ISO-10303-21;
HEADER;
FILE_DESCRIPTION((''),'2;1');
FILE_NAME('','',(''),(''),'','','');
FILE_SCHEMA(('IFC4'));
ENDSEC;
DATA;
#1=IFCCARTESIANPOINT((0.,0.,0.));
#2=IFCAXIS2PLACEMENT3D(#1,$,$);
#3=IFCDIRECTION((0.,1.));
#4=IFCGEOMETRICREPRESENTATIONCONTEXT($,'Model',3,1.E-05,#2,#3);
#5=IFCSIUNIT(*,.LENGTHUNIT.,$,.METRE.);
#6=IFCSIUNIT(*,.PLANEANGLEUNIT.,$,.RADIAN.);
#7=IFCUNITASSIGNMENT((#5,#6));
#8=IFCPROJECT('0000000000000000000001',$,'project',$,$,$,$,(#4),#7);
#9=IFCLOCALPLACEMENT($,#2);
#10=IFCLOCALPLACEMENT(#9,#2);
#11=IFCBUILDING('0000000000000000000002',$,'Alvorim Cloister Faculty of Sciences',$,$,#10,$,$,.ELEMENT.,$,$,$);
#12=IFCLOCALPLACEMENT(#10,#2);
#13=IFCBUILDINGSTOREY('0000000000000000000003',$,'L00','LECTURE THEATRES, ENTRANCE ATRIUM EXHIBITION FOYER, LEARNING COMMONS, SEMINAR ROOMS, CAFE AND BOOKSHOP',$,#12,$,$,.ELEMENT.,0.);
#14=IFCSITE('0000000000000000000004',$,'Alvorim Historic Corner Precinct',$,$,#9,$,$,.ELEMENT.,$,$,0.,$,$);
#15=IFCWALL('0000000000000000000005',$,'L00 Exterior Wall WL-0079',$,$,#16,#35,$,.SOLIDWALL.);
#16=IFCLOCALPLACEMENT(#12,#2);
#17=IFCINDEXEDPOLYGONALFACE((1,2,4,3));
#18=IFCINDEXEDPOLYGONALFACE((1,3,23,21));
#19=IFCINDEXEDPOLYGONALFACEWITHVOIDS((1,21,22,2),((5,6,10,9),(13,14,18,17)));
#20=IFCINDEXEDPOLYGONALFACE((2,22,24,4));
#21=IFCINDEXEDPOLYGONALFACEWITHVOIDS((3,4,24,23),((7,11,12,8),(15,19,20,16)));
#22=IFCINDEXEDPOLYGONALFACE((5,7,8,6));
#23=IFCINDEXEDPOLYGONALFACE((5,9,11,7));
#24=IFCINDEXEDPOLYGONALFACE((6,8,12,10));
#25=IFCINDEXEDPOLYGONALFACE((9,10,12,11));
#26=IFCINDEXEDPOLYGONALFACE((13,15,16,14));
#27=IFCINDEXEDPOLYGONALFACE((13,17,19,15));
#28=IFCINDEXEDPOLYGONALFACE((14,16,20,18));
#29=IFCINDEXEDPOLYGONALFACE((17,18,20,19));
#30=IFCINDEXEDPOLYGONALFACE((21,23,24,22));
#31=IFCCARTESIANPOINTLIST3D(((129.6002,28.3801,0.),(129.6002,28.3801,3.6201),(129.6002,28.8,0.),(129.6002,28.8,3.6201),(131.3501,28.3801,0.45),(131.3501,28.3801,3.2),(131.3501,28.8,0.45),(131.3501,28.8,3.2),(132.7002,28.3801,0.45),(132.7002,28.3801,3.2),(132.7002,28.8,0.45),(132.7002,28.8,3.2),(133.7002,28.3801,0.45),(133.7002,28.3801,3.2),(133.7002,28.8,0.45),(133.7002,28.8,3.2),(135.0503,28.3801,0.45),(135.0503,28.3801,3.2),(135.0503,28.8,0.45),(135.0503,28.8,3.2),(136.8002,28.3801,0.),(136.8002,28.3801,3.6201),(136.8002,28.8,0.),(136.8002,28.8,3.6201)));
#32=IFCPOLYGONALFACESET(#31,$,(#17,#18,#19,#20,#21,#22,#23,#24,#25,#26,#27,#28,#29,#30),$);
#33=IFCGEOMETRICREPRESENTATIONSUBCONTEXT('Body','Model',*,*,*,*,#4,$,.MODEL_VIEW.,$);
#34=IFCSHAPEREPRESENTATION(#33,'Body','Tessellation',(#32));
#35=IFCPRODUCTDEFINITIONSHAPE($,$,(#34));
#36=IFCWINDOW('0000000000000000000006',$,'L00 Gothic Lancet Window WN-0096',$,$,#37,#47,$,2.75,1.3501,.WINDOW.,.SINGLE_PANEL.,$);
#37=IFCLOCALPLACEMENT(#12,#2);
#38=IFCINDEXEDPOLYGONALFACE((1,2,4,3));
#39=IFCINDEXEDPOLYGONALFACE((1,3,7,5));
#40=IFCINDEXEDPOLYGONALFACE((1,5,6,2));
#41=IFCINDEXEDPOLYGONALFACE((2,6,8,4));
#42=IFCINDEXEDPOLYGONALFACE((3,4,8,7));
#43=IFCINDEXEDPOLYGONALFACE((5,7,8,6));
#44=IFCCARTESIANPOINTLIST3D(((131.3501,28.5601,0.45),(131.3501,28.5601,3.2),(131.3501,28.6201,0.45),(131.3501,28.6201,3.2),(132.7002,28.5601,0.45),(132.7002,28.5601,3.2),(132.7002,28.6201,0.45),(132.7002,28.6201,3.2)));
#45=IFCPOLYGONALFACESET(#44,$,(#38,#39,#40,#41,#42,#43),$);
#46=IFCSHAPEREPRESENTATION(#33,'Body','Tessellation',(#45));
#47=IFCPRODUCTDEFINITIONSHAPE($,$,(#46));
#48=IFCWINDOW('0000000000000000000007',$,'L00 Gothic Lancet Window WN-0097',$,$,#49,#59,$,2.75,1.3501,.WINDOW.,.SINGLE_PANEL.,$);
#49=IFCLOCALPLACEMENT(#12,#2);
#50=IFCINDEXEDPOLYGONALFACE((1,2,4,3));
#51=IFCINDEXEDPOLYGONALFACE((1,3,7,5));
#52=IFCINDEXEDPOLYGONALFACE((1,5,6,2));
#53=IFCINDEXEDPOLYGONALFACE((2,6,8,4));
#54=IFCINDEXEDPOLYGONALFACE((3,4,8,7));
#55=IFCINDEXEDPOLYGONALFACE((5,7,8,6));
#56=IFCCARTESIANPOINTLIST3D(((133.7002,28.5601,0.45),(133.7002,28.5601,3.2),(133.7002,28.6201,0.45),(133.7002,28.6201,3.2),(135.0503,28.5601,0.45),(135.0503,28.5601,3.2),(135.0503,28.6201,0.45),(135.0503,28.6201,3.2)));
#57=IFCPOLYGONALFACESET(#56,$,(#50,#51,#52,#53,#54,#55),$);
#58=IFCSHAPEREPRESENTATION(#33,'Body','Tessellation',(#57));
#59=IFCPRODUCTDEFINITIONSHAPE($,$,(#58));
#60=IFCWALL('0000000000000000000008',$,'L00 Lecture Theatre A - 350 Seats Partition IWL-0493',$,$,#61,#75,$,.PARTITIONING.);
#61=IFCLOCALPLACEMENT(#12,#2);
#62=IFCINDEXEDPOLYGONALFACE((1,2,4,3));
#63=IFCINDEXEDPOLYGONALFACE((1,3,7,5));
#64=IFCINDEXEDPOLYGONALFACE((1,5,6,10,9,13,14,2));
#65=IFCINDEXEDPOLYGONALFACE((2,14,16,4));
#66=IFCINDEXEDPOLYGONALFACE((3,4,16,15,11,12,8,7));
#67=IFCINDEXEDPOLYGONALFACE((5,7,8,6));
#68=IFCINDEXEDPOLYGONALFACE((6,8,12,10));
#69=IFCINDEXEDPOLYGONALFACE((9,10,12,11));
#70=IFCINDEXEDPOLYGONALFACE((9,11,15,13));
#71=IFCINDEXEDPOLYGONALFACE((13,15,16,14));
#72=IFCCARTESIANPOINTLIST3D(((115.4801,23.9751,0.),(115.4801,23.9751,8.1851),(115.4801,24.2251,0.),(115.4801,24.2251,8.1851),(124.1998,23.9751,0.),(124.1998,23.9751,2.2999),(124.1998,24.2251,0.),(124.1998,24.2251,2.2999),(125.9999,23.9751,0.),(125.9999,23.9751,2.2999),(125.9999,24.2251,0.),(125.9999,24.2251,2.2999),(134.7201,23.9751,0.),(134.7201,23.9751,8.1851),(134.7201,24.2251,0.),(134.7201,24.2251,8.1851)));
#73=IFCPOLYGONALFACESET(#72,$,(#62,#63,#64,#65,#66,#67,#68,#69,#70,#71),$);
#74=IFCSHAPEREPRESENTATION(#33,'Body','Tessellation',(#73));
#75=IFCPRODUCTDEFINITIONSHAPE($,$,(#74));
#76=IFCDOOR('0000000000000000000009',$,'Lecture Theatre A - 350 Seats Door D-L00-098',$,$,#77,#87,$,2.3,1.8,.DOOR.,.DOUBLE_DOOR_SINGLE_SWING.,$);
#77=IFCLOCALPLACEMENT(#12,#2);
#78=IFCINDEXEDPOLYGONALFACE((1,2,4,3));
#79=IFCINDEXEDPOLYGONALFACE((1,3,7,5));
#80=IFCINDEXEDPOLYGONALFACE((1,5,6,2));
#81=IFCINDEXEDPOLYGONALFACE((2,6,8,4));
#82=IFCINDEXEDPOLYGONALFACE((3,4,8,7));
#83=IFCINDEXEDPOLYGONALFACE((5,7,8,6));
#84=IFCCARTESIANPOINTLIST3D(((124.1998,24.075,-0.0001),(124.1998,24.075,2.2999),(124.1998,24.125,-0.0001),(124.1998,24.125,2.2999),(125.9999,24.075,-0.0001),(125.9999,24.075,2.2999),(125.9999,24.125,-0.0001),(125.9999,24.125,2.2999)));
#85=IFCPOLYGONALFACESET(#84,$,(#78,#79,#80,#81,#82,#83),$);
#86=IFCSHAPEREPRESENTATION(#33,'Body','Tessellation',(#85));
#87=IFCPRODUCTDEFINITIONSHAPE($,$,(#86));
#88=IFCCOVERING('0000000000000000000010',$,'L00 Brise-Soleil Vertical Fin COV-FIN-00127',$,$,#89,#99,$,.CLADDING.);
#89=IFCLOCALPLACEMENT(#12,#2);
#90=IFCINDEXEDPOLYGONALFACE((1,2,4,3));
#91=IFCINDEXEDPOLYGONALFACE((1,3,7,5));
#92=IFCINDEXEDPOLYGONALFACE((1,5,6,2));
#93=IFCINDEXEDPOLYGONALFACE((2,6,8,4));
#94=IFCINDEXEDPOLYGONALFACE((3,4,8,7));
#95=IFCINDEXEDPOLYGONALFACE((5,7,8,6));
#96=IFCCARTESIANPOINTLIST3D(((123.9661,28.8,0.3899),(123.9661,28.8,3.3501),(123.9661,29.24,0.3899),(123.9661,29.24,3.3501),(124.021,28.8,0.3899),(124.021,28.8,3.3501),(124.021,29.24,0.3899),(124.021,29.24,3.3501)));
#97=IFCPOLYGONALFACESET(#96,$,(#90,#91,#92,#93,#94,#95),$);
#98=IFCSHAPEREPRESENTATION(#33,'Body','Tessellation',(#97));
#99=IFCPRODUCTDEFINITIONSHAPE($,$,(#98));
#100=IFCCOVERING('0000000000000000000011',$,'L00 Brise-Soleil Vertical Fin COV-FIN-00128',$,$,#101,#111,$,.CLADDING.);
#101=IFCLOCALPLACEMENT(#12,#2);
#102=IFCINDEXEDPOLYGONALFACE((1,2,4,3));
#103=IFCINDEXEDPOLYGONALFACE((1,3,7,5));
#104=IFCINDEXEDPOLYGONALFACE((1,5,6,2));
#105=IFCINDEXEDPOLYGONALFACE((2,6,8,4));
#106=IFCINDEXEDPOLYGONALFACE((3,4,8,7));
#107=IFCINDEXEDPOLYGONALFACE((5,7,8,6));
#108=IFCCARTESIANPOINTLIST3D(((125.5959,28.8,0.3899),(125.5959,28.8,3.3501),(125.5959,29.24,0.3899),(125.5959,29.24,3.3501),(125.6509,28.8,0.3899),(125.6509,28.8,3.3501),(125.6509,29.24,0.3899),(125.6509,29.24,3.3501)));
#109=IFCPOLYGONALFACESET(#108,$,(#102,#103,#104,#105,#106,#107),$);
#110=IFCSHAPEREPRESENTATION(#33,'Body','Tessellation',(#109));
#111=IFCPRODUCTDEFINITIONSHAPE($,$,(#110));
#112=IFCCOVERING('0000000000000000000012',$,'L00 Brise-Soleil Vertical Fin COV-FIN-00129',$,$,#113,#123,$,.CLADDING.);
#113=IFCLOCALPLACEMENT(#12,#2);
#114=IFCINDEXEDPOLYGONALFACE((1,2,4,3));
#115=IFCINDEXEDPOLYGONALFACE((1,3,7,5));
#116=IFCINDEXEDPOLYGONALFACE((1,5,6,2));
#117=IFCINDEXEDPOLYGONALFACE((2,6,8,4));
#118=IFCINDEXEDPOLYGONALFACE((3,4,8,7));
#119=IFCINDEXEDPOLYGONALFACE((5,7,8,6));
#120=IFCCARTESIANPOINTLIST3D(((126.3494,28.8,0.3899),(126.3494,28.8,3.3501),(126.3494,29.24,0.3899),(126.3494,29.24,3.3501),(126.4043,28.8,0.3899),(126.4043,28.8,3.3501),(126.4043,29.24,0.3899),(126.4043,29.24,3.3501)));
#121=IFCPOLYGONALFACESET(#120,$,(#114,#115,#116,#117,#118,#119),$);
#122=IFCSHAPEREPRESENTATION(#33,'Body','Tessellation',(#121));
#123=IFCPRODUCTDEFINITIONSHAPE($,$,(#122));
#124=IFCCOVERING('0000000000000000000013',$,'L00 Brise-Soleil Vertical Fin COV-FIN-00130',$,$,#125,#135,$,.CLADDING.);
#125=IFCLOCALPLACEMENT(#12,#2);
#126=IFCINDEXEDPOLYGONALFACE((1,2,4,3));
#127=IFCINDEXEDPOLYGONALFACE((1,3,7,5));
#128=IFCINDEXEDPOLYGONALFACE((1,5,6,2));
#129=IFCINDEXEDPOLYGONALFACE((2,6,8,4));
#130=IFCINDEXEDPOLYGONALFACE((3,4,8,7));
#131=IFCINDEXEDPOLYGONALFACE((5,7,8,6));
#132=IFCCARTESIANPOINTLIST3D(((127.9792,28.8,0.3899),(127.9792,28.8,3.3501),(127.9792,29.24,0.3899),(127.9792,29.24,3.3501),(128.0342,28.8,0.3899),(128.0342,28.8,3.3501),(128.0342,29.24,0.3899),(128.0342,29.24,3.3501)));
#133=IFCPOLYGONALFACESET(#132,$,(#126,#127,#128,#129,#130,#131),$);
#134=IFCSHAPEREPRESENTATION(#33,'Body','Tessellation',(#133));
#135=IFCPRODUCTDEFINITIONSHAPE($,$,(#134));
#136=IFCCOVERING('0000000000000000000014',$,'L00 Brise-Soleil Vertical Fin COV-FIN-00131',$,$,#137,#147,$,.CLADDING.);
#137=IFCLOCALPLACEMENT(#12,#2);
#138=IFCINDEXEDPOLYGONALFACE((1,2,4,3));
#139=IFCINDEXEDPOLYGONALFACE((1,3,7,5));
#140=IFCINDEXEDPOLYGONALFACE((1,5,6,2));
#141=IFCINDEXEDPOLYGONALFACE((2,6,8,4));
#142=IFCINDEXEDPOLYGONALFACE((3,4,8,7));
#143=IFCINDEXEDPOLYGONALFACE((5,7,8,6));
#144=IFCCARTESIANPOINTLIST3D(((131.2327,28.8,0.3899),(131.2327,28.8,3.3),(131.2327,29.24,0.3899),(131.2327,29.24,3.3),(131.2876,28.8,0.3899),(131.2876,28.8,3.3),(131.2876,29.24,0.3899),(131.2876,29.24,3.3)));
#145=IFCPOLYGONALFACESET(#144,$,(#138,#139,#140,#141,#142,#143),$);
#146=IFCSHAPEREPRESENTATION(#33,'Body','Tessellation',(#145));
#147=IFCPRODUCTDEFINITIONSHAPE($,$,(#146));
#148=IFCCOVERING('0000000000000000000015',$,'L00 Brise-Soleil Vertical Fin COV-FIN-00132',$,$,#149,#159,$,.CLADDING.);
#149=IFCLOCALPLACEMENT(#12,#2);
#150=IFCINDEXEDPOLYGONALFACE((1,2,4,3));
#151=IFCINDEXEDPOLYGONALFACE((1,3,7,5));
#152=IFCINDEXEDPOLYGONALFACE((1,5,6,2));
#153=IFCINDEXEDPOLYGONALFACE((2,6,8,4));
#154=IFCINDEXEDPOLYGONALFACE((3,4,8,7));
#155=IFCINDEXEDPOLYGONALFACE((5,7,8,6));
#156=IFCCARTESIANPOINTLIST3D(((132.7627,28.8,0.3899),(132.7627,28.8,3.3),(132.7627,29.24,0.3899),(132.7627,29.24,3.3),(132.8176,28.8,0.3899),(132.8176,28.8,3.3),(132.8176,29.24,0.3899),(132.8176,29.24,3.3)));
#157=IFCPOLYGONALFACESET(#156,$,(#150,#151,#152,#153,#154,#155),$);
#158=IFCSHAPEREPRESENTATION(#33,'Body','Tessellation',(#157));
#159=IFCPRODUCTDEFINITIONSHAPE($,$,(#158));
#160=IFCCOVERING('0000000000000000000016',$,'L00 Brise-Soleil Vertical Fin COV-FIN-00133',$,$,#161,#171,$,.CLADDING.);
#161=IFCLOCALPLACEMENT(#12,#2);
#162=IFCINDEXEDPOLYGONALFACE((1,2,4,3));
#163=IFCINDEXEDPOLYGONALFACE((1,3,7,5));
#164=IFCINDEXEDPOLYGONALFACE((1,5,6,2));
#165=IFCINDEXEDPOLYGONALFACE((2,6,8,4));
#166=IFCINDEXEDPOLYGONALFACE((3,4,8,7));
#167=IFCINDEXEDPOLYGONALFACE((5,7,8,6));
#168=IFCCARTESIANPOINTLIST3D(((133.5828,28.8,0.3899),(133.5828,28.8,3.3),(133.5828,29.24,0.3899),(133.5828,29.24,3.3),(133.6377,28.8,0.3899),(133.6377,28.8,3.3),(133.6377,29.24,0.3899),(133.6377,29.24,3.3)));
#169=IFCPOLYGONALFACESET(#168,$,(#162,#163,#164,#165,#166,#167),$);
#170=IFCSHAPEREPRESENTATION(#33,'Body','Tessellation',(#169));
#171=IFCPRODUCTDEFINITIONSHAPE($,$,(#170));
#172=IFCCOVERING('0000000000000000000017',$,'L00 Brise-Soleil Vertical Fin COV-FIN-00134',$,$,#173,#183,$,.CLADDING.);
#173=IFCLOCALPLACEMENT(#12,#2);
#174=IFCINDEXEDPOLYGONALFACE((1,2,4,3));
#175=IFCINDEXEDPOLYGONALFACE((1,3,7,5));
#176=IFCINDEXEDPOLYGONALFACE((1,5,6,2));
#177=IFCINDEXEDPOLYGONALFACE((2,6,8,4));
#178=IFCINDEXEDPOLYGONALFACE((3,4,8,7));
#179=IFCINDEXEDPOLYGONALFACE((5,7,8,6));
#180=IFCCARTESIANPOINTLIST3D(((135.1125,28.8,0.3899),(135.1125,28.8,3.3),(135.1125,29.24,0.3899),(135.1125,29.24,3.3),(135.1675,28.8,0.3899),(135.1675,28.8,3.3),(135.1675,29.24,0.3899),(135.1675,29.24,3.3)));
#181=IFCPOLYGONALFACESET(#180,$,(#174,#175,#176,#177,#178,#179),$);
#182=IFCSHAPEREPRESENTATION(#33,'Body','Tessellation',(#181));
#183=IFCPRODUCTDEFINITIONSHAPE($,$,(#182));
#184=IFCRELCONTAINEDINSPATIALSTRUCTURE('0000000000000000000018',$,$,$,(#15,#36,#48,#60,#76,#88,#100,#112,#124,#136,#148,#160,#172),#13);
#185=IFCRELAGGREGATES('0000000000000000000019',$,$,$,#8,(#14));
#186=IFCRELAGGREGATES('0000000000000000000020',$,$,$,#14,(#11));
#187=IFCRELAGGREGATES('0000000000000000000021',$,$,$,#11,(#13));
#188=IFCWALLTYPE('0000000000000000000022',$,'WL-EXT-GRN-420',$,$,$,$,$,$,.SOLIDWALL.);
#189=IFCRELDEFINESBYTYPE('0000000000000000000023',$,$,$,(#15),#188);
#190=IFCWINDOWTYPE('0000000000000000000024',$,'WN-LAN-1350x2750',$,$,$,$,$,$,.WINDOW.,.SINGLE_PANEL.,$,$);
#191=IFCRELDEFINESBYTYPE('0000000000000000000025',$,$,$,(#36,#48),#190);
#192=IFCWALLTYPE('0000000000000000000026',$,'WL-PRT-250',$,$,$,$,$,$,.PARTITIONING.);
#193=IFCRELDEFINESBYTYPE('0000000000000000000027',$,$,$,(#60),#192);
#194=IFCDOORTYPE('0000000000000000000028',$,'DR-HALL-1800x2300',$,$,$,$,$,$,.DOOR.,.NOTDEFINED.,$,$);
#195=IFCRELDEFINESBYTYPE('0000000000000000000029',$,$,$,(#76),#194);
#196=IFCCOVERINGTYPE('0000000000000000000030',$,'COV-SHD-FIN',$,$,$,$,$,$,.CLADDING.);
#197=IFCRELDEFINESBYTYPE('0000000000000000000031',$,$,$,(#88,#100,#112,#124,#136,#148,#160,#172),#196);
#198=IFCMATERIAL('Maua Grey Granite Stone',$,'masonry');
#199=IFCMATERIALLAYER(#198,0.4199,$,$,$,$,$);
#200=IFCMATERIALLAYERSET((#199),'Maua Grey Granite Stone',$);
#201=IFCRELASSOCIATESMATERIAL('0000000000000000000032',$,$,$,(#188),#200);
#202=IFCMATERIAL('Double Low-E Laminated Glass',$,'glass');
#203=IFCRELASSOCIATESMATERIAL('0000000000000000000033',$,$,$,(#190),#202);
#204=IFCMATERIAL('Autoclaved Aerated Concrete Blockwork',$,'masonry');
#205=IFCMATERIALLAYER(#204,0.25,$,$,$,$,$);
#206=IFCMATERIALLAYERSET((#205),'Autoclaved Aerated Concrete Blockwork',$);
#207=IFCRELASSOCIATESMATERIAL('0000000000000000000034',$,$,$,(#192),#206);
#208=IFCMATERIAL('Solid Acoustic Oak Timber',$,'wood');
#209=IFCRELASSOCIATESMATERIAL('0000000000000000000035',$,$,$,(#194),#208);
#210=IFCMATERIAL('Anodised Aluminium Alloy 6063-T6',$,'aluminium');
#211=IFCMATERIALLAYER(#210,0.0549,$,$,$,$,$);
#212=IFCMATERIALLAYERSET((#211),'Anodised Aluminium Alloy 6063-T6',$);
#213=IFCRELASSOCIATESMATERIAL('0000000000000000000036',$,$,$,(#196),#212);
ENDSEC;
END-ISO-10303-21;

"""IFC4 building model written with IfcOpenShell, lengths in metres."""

from ifc_helpers import new_model, si_unit, direction, frame, frame_2d, origin, place, context, subcontext, project, spatial, polyline, rectangle, outline, extrude, material, layer, layer_set, type_object, element, fill, save


model = new_model("IFC4")

# Units and contexts
model_context = context("Model", 3, precision=1e-05, world=origin(), true_north=direction((0.0, 1.0)))
body_context = subcontext(model_context, "Body", "Model", "MODEL_VIEW")
ifc_project = project(units=[si_unit("LENGTHUNIT", "METRE"), si_unit("PLANEANGLEUNIT", "RADIAN")], contexts=[model_context])

# Site, building, storey
site_placement = place(None, origin())
site = spatial("IfcSite", under=ifc_project, at=site_placement, Name="Alvorim Historic Corner Precinct", CompositionType="ELEMENT", RefElevation=0.0)
building_placement = place(site_placement, origin())
building = spatial("IfcBuilding", under=site, at=building_placement, Name="Alvorim Cloister Faculty of Sciences", CompositionType="ELEMENT")
storey_placement = place(building_placement, origin())
storey = spatial("IfcBuildingStorey", under=building, at=storey_placement, Name="L00", Description="LECTURE THEATRES, ENTRANCE ATRIUM EXHIBITION FOYER, LEARNING COMMONS, SEMINAR ROOMS, CAFE AND BOOKSHOP", CompositionType="ELEMENT", Elevation=0.0)

# Shared definitions
ifc_material_1 = material(Name="Maua Grey Granite Stone", Category="masonry")

# Wall, openings, windows
ifc_layer_1 = layer(ifc_material_1, 0.4199)
ifc_layer_set_1 = layer_set([ifc_layer_1], Name="Maua Grey Granite Stone")
wall_type_1 = type_object("IfcWallType", Name="WL-EXT-GRN-420", PredefinedType="SOLIDWALL", material=ifc_layer_set_1)
ifc_material_2 = material(Name="Double Low-E Laminated Glass", Category="glass")
wall_1_placement = place(storey_placement, frame((129.6001, 28.5901, 0.0), z_axis=(0.0, 0.0, 1.0), x_axis=(1.0, 0.0, 0.0)))
wall_1 = element("IfcWall", 1, at=wall_1_placement, inside=storey, type_object=wall_type_1, Name="L00 Exterior Wall WL-0079", PredefinedType="SOLIDWALL", context=body_context, shape_type="SweptSolid", body=[
    extrude(rectangle(XDim=7.2, YDim=0.4199, at=frame_2d((3.6001, 0.0))), origin(), (0.0, 0.0, 1.0), 3.6201),
])
opening_1_placement = place(wall_1_placement, frame((1.75, 0.0, 0.45)))
opening_1 = element("IfcOpeningElement", 2, at=opening_1_placement, cuts=wall_1, PredefinedType="OPENING", context=body_context, shape_type="SweptSolid", body=[
    extrude(rectangle(XDim=1.3501, YDim=2.75, at=frame_2d((0.675, 1.375))), frame((0.0, 0.2219, 0.0), z_axis=(0.0, -1.0, 0.0), x_axis=(1.0, 0.0, 0.0)), (0.0, 0.0, 1.0), 0.4438),
])
opening_2_placement = place(wall_1_placement, frame((4.1001, 0.0, 0.45)))
opening_2 = element("IfcOpeningElement", 3, at=opening_2_placement, cuts=wall_1, PredefinedType="OPENING", context=body_context, shape_type="SweptSolid", body=[
    extrude(rectangle(XDim=1.3501, YDim=2.75, at=frame_2d((0.675, 1.375))), frame((0.0, 0.2219, 0.0), z_axis=(0.0, -1.0, 0.0), x_axis=(1.0, 0.0, 0.0)), (0.0, 0.0, 1.0), 0.4438),
])
window_type_1 = type_object("IfcWindowType", Name="WN-LAN-1350x2750", PartitioningType="SINGLE_PANEL", PredefinedType="WINDOW", material=ifc_material_2)
window_1_placement = place(opening_1_placement, origin())
window_1 = element("IfcWindow", 4, at=window_1_placement, inside=storey, type_object=window_type_1, Name="L00 Gothic Lancet Window WN-0096", OverallHeight=2.75, OverallWidth=1.3501, PartitioningType="SINGLE_PANEL", PredefinedType="WINDOW", context=body_context, shape_type="SweptSolid", body=[
    extrude(rectangle(XDim=1.3501, YDim=2.75, at=frame_2d((0.675, 1.375))), frame((0.0, 0.03, 0.0), z_axis=(0.0, -1.0, 0.0), x_axis=(1.0, 0.0, 0.0)), (0.0, 0.0, 1.0), 0.0601),
])
fill(opening_1, window_1)
window_2_placement = place(opening_2_placement, origin())
window_2 = element("IfcWindow", 5, at=window_2_placement, inside=storey, type_object=window_type_1, Name="L00 Gothic Lancet Window WN-0097", OverallHeight=2.75, OverallWidth=1.3501, PartitioningType="SINGLE_PANEL", PredefinedType="WINDOW", context=body_context, shape_type="SweptSolid", body=[
    extrude(rectangle(XDim=1.3501, YDim=2.75, at=frame_2d((0.675, 1.375))), frame((0.0, 0.03, 0.0), z_axis=(0.0, -1.0, 0.0), x_axis=(1.0, 0.0, 0.0)), (0.0, 0.0, 1.0), 0.0601),
])
fill(opening_2, window_2)

# Wall, opening, door
ifc_material_3 = material(Name="Autoclaved Aerated Concrete Blockwork", Category="masonry")
ifc_layer_2 = layer(ifc_material_3, 0.25)
ifc_layer_set_2 = layer_set([ifc_layer_2], Name="Autoclaved Aerated Concrete Blockwork")
wall_type_2 = type_object("IfcWallType", Name="WL-PRT-250", PredefinedType="PARTITIONING", material=ifc_layer_set_2)
wall_2_placement = place(storey_placement, frame((115.48, 24.1001, 0.0), z_axis=(0.0, 0.0, 1.0), x_axis=(1.0, 0.0, 0.0)))
wall_2 = element("IfcWall", 6, at=wall_2_placement, inside=storey, type_object=wall_type_2, Name="L00 Lecture Theatre A - 350 Seats Partition IWL-0493", PredefinedType="PARTITIONING", context=body_context, shape_type="SweptSolid", body=[
    extrude(rectangle(XDim=19.24, YDim=0.25, at=frame_2d((9.6201, 0.0))), origin(), (0.0, 0.0, 1.0), 8.1851),
])
opening_3_placement = place(wall_2_placement, frame((8.72, 0.0, 0.0)))
opening_3 = element("IfcOpeningElement", 7, at=opening_3_placement, cuts=wall_2, PredefinedType="OPENING", context=body_context, shape_type="SweptSolid", body=[
    extrude(rectangle(XDim=1.8, YDim=2.3, at=frame_2d((0.8999, 1.1499))), frame((0.0, 0.137, 0.0), z_axis=(0.0, -1.0, 0.0), x_axis=(1.0, 0.0, 0.0)), (0.0, 0.0, 1.0), 0.2739),
])
ifc_material_4 = material(Name="Solid Acoustic Oak Timber", Category="wood")
door_type = type_object("IfcDoorType", Name="DR-HALL-1800x2300", OperationType="NOTDEFINED", PredefinedType="DOOR", material=ifc_material_4)
door_placement = place(opening_3_placement, origin())
door = element("IfcDoor", 8, at=door_placement, inside=storey, type_object=door_type, Name="Lecture Theatre A - 350 Seats Door D-L00-098", OperationType="DOUBLE_DOOR_SINGLE_SWING", OverallHeight=2.3, OverallWidth=1.8, PredefinedType="DOOR", context=body_context, shape_type="SweptSolid", body=[
    extrude(rectangle(XDim=1.8, YDim=2.3, at=frame_2d((0.8999, 1.1499))), frame((0.0, 0.0249, 0.0), z_axis=(0.0, -1.0, 0.0), x_axis=(1.0, 0.0, 0.0)), (0.0, 0.0, 1.0), 0.05),
])
fill(opening_3, door)

# Coverings
ifc_material_5 = material(Name="Anodised Aluminium Alloy 6063-T6", Category="aluminium")
ifc_layer_3 = layer(ifc_material_5, 0.0549)
ifc_layer_set_3 = layer_set([ifc_layer_3], Name="Anodised Aluminium Alloy 6063-T6")
covering_type = type_object("IfcCoveringType", Name="COV-SHD-FIN", PredefinedType="CLADDING", material=ifc_layer_set_3)
for number, where, z_axis, x_axis, name in (
    (9, (123.9934, 28.8, 0.3899), (0.0, 0.0, 1.0), (0.0, 1.0, 0.0), "L00 Brise-Soleil Vertical Fin COV-FIN-00127"),
    (10, (125.6233, 28.8, 0.3899), (0.0, 0.0, 1.0), (0.0, 1.0, 0.0), "L00 Brise-Soleil Vertical Fin COV-FIN-00128"),
    (11, (126.3767, 28.8, 0.3899), (0.0, 0.0, 1.0), (0.0, 1.0, 0.0), "L00 Brise-Soleil Vertical Fin COV-FIN-00129"),
    (12, (128.0066, 28.8, 0.3899), (0.0, 0.0, 1.0), (0.0, 1.0, 0.0), "L00 Brise-Soleil Vertical Fin COV-FIN-00130"),
):
    element("IfcCovering", number, at=place(storey_placement, frame(where, z_axis=z_axis, x_axis=x_axis)), inside=storey, type_object=covering_type, Name=name, PredefinedType="CLADDING", context=body_context, shape_type="SweptSolid", body=[
        extrude(outline(polyline([(0.0, 0.0), (0.4399, 0.0), (0.4399, 2.9602), (0.0, 2.9602), (0.0, 0.0)])), frame((0.0, 0.0273, 0.0), z_axis=(0.0, -1.0, 0.0), x_axis=(1.0, 0.0, 0.0)), (0.0, 0.0, 1.0), 0.0549),
    ])
for number, where, z_axis, x_axis, name in (
    (13, (131.26, 28.8, 0.3899), (0.0, 0.0, 1.0), (0.0, 1.0, 0.0), "L00 Brise-Soleil Vertical Fin COV-FIN-00131"),
    (14, (132.79, 28.8, 0.3899), (0.0, 0.0, 1.0), (0.0, 1.0, 0.0), "L00 Brise-Soleil Vertical Fin COV-FIN-00132"),
    (15, (133.6101, 28.8, 0.3899), (0.0, 0.0, 1.0), (0.0, 1.0, 0.0), "L00 Brise-Soleil Vertical Fin COV-FIN-00133"),
    (16, (135.1399, 28.8, 0.3899), (0.0, 0.0, 1.0), (0.0, 1.0, 0.0), "L00 Brise-Soleil Vertical Fin COV-FIN-00134"),
):
    element("IfcCovering", number, at=place(storey_placement, frame(where, z_axis=z_axis, x_axis=x_axis)), inside=storey, type_object=covering_type, Name=name, PredefinedType="CLADDING", context=body_context, shape_type="SweptSolid", body=[
        extrude(outline(polyline([(0.0, 0.0), (0.4399, 0.0), (0.4399, 2.9102), (0.0, 2.9102), (0.0, 0.0)])), frame((0.0, 0.0273, 0.0), z_axis=(0.0, -1.0, 0.0), x_axis=(1.0, 0.0, 0.0)), (0.0, 0.0, 1.0), 0.0549),
    ])

save(model, "model.ifc")
